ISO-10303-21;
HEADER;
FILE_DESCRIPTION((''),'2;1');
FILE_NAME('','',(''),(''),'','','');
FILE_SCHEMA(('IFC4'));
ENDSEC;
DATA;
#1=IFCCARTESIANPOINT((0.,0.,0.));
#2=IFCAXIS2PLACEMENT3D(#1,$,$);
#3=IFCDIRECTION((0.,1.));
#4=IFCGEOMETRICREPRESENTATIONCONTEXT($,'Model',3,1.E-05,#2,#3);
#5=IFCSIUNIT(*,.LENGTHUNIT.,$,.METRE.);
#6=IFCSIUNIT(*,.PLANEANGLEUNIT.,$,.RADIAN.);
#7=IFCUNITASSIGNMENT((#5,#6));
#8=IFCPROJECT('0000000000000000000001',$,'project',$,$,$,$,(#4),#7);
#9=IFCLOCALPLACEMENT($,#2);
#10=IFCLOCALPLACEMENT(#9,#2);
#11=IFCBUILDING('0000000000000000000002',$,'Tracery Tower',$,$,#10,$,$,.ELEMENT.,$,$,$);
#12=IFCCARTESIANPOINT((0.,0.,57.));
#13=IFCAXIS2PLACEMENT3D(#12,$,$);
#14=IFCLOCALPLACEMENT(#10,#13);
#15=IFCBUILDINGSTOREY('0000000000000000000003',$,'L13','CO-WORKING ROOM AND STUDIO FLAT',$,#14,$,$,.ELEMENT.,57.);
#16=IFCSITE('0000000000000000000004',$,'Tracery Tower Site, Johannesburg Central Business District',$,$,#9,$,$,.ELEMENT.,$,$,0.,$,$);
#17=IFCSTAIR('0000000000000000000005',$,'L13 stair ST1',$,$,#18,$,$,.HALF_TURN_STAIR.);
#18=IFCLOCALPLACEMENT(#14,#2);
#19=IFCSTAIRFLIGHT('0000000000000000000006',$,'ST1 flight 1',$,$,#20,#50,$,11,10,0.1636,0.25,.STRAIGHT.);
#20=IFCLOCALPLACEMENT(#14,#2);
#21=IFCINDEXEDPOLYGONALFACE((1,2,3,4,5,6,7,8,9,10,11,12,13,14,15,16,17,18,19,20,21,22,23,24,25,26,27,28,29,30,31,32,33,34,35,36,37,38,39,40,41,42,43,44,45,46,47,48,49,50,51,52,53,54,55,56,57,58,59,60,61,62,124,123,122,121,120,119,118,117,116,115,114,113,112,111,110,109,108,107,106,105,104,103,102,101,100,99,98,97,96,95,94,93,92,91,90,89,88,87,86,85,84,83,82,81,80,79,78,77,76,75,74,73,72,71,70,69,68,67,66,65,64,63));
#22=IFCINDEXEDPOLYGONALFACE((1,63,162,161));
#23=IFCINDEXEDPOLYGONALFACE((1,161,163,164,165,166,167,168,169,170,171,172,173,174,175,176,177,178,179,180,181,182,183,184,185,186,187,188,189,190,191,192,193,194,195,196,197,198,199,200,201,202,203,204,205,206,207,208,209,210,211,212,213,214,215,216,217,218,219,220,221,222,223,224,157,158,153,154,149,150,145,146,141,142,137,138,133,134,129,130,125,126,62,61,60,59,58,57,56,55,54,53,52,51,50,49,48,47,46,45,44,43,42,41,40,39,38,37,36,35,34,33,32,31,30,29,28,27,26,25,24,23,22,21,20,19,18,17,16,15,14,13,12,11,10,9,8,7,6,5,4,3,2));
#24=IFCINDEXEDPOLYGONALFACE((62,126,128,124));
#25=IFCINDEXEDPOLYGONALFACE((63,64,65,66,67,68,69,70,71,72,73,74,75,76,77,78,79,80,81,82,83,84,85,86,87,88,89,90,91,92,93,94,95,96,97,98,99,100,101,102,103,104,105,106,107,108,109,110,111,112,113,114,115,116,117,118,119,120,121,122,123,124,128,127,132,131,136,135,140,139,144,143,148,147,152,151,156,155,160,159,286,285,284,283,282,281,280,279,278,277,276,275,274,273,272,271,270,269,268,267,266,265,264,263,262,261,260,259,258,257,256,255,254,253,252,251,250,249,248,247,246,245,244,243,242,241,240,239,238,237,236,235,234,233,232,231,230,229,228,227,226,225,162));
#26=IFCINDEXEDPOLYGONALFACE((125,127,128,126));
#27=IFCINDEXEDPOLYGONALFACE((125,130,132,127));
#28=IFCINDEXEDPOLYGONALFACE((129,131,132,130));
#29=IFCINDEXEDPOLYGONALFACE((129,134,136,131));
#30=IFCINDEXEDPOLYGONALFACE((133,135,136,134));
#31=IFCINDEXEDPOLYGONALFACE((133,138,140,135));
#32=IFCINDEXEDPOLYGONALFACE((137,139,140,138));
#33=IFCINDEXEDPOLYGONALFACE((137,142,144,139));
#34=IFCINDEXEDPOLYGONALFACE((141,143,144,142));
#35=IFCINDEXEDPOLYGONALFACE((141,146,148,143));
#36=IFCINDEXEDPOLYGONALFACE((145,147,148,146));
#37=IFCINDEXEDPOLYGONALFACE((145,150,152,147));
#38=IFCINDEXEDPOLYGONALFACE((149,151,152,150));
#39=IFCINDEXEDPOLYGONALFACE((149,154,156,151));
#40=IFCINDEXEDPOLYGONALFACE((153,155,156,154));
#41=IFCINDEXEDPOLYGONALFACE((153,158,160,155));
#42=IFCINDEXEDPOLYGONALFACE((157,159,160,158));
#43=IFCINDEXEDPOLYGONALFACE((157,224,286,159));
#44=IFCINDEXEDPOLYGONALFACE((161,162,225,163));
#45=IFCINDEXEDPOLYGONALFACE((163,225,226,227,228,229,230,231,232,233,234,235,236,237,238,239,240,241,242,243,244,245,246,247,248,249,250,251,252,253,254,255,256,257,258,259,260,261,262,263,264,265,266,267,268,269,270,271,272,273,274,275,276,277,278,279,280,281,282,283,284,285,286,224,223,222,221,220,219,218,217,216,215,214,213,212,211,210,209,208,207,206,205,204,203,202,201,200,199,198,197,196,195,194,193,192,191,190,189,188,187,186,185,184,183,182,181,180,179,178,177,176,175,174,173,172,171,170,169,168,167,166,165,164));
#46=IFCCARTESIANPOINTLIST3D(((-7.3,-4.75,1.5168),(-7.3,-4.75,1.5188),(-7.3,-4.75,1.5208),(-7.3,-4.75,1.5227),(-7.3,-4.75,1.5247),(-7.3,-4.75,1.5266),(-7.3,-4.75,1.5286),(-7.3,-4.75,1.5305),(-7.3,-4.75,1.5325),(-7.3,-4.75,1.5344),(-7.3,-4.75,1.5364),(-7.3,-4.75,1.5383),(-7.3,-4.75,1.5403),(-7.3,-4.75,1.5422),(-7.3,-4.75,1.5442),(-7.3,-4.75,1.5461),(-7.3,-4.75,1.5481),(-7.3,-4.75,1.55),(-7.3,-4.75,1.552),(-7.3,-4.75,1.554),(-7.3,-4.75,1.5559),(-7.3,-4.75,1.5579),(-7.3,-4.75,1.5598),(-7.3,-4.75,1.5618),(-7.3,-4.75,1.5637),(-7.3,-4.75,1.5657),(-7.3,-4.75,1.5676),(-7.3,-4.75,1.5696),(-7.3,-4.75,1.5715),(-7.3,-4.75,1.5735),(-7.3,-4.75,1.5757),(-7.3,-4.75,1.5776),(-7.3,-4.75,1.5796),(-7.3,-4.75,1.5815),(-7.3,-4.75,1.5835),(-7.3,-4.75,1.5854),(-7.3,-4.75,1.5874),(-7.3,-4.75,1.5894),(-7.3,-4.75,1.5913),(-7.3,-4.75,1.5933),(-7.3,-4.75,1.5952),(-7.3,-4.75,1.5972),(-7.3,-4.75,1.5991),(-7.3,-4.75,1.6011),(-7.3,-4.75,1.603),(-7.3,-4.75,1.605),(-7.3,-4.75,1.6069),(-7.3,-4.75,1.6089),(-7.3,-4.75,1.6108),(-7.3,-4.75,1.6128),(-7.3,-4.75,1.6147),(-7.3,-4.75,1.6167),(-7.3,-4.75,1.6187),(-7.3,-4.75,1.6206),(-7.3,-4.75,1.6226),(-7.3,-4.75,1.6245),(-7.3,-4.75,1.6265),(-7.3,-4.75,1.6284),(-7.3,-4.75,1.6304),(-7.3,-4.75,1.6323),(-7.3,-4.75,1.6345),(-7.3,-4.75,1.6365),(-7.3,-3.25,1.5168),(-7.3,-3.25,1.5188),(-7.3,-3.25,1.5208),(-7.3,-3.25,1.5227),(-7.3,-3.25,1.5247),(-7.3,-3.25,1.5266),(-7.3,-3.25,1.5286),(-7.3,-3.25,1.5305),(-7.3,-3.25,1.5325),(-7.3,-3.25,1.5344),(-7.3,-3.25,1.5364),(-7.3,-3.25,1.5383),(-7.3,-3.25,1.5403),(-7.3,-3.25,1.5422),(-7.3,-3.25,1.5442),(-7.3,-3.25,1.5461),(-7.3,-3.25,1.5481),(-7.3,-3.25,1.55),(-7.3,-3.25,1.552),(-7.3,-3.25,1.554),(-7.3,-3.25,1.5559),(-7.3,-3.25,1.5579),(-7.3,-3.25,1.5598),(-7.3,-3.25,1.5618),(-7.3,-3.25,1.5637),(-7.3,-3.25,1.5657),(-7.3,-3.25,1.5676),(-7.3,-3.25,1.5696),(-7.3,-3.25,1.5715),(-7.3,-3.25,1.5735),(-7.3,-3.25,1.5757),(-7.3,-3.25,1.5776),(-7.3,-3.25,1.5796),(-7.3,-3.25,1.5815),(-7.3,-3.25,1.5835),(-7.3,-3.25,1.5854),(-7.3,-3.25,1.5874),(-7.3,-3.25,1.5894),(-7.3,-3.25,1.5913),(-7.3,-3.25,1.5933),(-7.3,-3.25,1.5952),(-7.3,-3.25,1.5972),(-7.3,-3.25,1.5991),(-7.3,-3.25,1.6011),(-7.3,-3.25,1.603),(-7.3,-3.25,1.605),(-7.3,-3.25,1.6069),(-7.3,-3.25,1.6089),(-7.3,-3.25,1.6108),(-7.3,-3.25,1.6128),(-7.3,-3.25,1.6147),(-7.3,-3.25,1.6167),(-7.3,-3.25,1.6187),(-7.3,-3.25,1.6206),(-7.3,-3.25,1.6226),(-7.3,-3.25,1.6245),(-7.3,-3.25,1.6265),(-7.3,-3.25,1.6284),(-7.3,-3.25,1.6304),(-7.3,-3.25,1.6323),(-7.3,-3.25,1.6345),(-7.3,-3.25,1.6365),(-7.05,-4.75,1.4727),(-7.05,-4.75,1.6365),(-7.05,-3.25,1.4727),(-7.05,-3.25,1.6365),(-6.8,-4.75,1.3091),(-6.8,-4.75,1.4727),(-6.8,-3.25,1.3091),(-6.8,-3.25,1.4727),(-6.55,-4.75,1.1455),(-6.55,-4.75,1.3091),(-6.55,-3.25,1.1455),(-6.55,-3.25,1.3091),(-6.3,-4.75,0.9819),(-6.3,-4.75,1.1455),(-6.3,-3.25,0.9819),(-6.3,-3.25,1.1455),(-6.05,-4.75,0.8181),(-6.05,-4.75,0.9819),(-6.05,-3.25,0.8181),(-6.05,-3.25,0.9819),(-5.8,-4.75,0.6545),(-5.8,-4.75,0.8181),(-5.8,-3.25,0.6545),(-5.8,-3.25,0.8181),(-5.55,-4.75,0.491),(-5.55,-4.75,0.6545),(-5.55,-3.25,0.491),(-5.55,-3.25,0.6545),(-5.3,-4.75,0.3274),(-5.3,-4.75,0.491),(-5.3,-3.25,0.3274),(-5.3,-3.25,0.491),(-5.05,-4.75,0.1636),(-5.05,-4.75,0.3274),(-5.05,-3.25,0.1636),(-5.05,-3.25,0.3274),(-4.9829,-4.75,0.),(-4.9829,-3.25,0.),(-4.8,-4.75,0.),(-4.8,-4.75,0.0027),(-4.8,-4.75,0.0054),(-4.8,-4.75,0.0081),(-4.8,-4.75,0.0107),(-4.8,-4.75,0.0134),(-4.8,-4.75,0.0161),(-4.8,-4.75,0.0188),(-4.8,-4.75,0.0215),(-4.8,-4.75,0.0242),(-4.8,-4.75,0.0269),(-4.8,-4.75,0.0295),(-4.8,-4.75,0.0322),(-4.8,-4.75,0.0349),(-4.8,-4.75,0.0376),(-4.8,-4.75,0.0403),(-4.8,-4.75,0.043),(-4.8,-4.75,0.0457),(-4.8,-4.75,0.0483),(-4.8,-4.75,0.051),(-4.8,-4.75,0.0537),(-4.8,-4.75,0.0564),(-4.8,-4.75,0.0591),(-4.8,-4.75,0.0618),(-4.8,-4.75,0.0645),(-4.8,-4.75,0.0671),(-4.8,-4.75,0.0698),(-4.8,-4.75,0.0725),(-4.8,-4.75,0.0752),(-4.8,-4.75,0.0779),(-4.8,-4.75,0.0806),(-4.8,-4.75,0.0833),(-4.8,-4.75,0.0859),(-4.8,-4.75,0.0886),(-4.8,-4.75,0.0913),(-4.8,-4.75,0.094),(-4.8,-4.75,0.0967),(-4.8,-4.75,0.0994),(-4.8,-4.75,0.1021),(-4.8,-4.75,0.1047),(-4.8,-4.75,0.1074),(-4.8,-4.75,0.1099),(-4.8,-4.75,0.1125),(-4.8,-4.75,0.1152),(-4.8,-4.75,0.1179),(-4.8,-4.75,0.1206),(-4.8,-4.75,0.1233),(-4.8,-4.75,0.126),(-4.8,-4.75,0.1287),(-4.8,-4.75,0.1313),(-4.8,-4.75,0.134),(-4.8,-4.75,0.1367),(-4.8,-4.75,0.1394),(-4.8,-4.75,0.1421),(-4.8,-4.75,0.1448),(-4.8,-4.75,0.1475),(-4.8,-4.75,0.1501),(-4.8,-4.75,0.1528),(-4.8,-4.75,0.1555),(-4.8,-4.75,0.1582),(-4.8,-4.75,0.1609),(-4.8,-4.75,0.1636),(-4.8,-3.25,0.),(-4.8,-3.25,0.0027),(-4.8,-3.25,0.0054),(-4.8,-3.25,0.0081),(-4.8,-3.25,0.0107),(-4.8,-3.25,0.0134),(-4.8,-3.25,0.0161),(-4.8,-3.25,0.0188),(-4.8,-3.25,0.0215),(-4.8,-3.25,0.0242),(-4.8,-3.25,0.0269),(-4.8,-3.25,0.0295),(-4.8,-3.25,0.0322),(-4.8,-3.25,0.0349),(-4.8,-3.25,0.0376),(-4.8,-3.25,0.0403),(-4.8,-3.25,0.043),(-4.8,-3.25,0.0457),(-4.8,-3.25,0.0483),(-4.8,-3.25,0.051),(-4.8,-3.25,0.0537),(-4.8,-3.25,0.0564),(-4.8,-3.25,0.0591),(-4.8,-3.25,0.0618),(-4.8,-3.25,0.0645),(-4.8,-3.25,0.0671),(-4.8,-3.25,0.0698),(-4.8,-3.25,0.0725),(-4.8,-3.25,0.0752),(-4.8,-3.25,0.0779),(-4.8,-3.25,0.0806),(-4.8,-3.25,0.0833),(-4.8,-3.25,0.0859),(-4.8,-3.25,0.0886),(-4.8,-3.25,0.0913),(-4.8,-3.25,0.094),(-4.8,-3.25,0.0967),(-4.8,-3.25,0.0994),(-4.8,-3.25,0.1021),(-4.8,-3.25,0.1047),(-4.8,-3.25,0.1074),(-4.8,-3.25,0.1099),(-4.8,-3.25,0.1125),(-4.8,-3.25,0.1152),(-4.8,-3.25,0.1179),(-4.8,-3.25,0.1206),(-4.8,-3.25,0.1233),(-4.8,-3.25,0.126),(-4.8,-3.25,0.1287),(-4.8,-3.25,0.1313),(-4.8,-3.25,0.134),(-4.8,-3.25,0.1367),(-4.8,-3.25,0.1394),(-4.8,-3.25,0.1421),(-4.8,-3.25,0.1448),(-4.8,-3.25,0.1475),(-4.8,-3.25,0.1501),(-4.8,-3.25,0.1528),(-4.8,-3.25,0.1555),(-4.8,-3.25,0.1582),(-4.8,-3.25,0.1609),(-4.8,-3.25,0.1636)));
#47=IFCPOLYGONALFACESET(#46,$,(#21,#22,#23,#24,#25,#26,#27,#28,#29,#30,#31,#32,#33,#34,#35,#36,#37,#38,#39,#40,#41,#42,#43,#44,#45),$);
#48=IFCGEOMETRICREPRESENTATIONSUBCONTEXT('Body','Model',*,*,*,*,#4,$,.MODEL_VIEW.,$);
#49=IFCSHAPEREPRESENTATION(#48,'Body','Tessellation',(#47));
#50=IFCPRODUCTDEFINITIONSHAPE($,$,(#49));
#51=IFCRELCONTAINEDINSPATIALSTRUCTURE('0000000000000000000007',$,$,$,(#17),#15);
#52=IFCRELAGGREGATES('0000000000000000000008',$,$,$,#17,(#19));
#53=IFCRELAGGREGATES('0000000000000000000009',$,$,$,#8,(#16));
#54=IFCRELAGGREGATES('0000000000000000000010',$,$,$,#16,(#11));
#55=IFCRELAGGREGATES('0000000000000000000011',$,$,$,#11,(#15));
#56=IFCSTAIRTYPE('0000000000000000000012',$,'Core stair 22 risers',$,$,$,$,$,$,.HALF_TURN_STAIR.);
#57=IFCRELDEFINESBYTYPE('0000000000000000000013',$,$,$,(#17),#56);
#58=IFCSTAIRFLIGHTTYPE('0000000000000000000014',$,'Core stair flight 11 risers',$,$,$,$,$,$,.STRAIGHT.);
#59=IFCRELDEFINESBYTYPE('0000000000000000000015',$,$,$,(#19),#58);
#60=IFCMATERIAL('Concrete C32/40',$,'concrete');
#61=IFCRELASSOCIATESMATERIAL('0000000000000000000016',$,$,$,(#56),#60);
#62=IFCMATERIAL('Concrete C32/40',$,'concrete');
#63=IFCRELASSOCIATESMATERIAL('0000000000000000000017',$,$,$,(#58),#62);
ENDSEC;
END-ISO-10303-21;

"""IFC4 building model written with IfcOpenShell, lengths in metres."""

from ifc_helpers import new_model, si_unit, direction, frame, origin, place, context, subcontext, project, spatial, polyline, outline, extrude, material, type_object, element, aggregate, save


model = new_model("IFC4")

# Units and contexts
model_context = context("Model", 3, precision=1e-05, world=origin(), true_north=direction((0.0, 1.0)))
body_context = subcontext(model_context, "Body", "Model", "MODEL_VIEW")
ifc_project = project(units=[si_unit("LENGTHUNIT", "METRE"), si_unit("PLANEANGLEUNIT", "RADIAN")], contexts=[model_context])

# Site, building, storey
site_placement = place(None, origin())
site = spatial("IfcSite", under=ifc_project, at=site_placement, Name="Tracery Tower Site, Johannesburg Central Business District", CompositionType="ELEMENT", RefElevation=0.0)
building_placement = place(site_placement, origin())
building = spatial("IfcBuilding", under=site, at=building_placement, Name="Tracery Tower", CompositionType="ELEMENT")
storey_placement = place(building_placement, frame((0.0, 0.0, 57.0)))
storey = spatial("IfcBuildingStorey", under=building, at=storey_placement, Name="L13", Description="CO-WORKING ROOM AND STUDIO FLAT", CompositionType="ELEMENT", Elevation=57.0)

# Stair, stair flight
ifc_material_1 = material(Name="Concrete C32/40", Category="concrete")
stair_type = type_object("IfcStairType", Name="Core stair 22 risers", PredefinedType="HALF_TURN_STAIR", material=ifc_material_1)
stair_placement = place(storey_placement, origin())
stair = element("IfcStair", 1, at=stair_placement, inside=storey, type_object=stair_type, Name="L13 stair ST1", PredefinedType="HALF_TURN_STAIR")
ifc_material_2 = material(Name="Concrete C32/40", Category="concrete")
stair_flight_type = type_object("IfcStairFlightType", Name="Core stair flight 11 risers", PredefinedType="STRAIGHT", material=ifc_material_2)
stair_flight_1_placement = place(storey_placement, frame((-4.8, -4.0, 0.0), z_axis=(0.0, 0.0, 1.0), x_axis=(-1.0, 0.0, 0.0)))
stair_flight_1 = element("IfcStairFlight", 2, at=stair_flight_1_placement, type_object=stair_flight_type, Name="ST1 flight 1", NumberOfRisers=11, NumberOfTreads=10, PredefinedType="STRAIGHT", RiserHeight=0.1636, TreadLength=0.25, context=body_context, shape_type="SweptSolid", body=[
    extrude(outline(polyline([(0.0, 0.0), (0.0, 0.0027), (0.0, 0.0054), (0.0, 0.0081), (0.0, 0.0107), (0.0, 0.0134), (0.0, 0.0161), (0.0, 0.0188), (0.0, 0.0215), (0.0, 0.0242), (0.0, 0.0269), (0.0, 0.0295), (0.0, 0.0322), (0.0, 0.0349), (0.0, 0.0376), (0.0, 0.0403), (0.0, 0.043), (0.0, 0.0457), (0.0, 0.0483), (0.0, 0.051), (0.0, 0.0537), (0.0, 0.0564), (0.0, 0.0591), (0.0, 0.0618), (0.0, 0.0645), (0.0, 0.0671), (0.0, 0.0698), (0.0, 0.0725), (0.0, 0.0752), (0.0, 0.0779), (0.0, 0.0806), (0.0, 0.0833), (0.0, 0.0859), (0.0, 0.0886), (0.0, 0.0913), (0.0, 0.094), (0.0, 0.0967), (0.0, 0.0994), (0.0, 0.1021), (0.0, 0.1047), (0.0, 0.1074), (0.0, 0.1099), (0.0, 0.1125), (0.0, 0.1152), (0.0, 0.1179), (0.0, 0.1206), (0.0, 0.1233), (0.0, 0.126), (0.0, 0.1287), (0.0, 0.1313), (0.0, 0.134), (0.0, 0.1367), (0.0, 0.1394), (0.0, 0.1421), (0.0, 0.1448), (0.0, 0.1475), (0.0, 0.1501), (0.0, 0.1528), (0.0, 0.1555), (0.0, 0.1582), (0.0, 0.1609), (0.0, 0.1636), (0.25, 0.1636), (0.25, 0.3274), (0.5, 0.3274), (0.5, 0.491), (0.75, 0.491), (0.75, 0.6545), (1.0, 0.6545), (1.0, 0.8181), (1.25, 0.8181), (1.25, 0.9819), (1.5, 0.9819), (1.5, 1.1455), (1.75, 1.1455), (1.75, 1.3091), (2.0, 1.3091), (2.0, 1.4727), (2.25, 1.4727), (2.25, 1.6365), (2.5, 1.6365), (2.5, 1.6345), (2.5, 1.6323), (2.5, 1.6304), (2.5, 1.6284), (2.5, 1.6265), (2.5, 1.6245), (2.5, 1.6226), (2.5, 1.6206), (2.5, 1.6187), (2.5, 1.6167), (2.5, 1.6147), (2.5, 1.6128), (2.5, 1.6108), (2.5, 1.6089), (2.5, 1.6069), (2.5, 1.605), (2.5, 1.603), (2.5, 1.6011), (2.5, 1.5991), (2.5, 1.5972), (2.5, 1.5952), (2.5, 1.5933), (2.5, 1.5913), (2.5, 1.5894), (2.5, 1.5874), (2.5, 1.5854), (2.5, 1.5835), (2.5, 1.5815), (2.5, 1.5796), (2.5, 1.5776), (2.5, 1.5757), (2.5, 1.5735), (2.5, 1.5715), (2.5, 1.5696), (2.5, 1.5676), (2.5, 1.5657), (2.5, 1.5637), (2.5, 1.5618), (2.5, 1.5598), (2.5, 1.5579), (2.5, 1.5559), (2.5, 1.554), (2.5, 1.552), (2.5, 1.55), (2.5, 1.5481), (2.5, 1.5461), (2.5, 1.5442), (2.5, 1.5422), (2.5, 1.5403), (2.5, 1.5383), (2.5, 1.5364), (2.5, 1.5344), (2.5, 1.5325), (2.5, 1.5305), (2.5, 1.5286), (2.5, 1.5266), (2.5, 1.5247), (2.5, 1.5227), (2.5, 1.5208), (2.5, 1.5188), (2.5, 1.5168), (0.1829, 0.0), (0.0, 0.0)])), frame((0.0, 0.75, 0.0), z_axis=(0.0, -1.0, 0.0), x_axis=(1.0, 0.0, 0.0)), (0.0, 0.0, 1.0), 1.5),
])
aggregate(stair, [stair_flight_1])

save(model, "model.ifc")
